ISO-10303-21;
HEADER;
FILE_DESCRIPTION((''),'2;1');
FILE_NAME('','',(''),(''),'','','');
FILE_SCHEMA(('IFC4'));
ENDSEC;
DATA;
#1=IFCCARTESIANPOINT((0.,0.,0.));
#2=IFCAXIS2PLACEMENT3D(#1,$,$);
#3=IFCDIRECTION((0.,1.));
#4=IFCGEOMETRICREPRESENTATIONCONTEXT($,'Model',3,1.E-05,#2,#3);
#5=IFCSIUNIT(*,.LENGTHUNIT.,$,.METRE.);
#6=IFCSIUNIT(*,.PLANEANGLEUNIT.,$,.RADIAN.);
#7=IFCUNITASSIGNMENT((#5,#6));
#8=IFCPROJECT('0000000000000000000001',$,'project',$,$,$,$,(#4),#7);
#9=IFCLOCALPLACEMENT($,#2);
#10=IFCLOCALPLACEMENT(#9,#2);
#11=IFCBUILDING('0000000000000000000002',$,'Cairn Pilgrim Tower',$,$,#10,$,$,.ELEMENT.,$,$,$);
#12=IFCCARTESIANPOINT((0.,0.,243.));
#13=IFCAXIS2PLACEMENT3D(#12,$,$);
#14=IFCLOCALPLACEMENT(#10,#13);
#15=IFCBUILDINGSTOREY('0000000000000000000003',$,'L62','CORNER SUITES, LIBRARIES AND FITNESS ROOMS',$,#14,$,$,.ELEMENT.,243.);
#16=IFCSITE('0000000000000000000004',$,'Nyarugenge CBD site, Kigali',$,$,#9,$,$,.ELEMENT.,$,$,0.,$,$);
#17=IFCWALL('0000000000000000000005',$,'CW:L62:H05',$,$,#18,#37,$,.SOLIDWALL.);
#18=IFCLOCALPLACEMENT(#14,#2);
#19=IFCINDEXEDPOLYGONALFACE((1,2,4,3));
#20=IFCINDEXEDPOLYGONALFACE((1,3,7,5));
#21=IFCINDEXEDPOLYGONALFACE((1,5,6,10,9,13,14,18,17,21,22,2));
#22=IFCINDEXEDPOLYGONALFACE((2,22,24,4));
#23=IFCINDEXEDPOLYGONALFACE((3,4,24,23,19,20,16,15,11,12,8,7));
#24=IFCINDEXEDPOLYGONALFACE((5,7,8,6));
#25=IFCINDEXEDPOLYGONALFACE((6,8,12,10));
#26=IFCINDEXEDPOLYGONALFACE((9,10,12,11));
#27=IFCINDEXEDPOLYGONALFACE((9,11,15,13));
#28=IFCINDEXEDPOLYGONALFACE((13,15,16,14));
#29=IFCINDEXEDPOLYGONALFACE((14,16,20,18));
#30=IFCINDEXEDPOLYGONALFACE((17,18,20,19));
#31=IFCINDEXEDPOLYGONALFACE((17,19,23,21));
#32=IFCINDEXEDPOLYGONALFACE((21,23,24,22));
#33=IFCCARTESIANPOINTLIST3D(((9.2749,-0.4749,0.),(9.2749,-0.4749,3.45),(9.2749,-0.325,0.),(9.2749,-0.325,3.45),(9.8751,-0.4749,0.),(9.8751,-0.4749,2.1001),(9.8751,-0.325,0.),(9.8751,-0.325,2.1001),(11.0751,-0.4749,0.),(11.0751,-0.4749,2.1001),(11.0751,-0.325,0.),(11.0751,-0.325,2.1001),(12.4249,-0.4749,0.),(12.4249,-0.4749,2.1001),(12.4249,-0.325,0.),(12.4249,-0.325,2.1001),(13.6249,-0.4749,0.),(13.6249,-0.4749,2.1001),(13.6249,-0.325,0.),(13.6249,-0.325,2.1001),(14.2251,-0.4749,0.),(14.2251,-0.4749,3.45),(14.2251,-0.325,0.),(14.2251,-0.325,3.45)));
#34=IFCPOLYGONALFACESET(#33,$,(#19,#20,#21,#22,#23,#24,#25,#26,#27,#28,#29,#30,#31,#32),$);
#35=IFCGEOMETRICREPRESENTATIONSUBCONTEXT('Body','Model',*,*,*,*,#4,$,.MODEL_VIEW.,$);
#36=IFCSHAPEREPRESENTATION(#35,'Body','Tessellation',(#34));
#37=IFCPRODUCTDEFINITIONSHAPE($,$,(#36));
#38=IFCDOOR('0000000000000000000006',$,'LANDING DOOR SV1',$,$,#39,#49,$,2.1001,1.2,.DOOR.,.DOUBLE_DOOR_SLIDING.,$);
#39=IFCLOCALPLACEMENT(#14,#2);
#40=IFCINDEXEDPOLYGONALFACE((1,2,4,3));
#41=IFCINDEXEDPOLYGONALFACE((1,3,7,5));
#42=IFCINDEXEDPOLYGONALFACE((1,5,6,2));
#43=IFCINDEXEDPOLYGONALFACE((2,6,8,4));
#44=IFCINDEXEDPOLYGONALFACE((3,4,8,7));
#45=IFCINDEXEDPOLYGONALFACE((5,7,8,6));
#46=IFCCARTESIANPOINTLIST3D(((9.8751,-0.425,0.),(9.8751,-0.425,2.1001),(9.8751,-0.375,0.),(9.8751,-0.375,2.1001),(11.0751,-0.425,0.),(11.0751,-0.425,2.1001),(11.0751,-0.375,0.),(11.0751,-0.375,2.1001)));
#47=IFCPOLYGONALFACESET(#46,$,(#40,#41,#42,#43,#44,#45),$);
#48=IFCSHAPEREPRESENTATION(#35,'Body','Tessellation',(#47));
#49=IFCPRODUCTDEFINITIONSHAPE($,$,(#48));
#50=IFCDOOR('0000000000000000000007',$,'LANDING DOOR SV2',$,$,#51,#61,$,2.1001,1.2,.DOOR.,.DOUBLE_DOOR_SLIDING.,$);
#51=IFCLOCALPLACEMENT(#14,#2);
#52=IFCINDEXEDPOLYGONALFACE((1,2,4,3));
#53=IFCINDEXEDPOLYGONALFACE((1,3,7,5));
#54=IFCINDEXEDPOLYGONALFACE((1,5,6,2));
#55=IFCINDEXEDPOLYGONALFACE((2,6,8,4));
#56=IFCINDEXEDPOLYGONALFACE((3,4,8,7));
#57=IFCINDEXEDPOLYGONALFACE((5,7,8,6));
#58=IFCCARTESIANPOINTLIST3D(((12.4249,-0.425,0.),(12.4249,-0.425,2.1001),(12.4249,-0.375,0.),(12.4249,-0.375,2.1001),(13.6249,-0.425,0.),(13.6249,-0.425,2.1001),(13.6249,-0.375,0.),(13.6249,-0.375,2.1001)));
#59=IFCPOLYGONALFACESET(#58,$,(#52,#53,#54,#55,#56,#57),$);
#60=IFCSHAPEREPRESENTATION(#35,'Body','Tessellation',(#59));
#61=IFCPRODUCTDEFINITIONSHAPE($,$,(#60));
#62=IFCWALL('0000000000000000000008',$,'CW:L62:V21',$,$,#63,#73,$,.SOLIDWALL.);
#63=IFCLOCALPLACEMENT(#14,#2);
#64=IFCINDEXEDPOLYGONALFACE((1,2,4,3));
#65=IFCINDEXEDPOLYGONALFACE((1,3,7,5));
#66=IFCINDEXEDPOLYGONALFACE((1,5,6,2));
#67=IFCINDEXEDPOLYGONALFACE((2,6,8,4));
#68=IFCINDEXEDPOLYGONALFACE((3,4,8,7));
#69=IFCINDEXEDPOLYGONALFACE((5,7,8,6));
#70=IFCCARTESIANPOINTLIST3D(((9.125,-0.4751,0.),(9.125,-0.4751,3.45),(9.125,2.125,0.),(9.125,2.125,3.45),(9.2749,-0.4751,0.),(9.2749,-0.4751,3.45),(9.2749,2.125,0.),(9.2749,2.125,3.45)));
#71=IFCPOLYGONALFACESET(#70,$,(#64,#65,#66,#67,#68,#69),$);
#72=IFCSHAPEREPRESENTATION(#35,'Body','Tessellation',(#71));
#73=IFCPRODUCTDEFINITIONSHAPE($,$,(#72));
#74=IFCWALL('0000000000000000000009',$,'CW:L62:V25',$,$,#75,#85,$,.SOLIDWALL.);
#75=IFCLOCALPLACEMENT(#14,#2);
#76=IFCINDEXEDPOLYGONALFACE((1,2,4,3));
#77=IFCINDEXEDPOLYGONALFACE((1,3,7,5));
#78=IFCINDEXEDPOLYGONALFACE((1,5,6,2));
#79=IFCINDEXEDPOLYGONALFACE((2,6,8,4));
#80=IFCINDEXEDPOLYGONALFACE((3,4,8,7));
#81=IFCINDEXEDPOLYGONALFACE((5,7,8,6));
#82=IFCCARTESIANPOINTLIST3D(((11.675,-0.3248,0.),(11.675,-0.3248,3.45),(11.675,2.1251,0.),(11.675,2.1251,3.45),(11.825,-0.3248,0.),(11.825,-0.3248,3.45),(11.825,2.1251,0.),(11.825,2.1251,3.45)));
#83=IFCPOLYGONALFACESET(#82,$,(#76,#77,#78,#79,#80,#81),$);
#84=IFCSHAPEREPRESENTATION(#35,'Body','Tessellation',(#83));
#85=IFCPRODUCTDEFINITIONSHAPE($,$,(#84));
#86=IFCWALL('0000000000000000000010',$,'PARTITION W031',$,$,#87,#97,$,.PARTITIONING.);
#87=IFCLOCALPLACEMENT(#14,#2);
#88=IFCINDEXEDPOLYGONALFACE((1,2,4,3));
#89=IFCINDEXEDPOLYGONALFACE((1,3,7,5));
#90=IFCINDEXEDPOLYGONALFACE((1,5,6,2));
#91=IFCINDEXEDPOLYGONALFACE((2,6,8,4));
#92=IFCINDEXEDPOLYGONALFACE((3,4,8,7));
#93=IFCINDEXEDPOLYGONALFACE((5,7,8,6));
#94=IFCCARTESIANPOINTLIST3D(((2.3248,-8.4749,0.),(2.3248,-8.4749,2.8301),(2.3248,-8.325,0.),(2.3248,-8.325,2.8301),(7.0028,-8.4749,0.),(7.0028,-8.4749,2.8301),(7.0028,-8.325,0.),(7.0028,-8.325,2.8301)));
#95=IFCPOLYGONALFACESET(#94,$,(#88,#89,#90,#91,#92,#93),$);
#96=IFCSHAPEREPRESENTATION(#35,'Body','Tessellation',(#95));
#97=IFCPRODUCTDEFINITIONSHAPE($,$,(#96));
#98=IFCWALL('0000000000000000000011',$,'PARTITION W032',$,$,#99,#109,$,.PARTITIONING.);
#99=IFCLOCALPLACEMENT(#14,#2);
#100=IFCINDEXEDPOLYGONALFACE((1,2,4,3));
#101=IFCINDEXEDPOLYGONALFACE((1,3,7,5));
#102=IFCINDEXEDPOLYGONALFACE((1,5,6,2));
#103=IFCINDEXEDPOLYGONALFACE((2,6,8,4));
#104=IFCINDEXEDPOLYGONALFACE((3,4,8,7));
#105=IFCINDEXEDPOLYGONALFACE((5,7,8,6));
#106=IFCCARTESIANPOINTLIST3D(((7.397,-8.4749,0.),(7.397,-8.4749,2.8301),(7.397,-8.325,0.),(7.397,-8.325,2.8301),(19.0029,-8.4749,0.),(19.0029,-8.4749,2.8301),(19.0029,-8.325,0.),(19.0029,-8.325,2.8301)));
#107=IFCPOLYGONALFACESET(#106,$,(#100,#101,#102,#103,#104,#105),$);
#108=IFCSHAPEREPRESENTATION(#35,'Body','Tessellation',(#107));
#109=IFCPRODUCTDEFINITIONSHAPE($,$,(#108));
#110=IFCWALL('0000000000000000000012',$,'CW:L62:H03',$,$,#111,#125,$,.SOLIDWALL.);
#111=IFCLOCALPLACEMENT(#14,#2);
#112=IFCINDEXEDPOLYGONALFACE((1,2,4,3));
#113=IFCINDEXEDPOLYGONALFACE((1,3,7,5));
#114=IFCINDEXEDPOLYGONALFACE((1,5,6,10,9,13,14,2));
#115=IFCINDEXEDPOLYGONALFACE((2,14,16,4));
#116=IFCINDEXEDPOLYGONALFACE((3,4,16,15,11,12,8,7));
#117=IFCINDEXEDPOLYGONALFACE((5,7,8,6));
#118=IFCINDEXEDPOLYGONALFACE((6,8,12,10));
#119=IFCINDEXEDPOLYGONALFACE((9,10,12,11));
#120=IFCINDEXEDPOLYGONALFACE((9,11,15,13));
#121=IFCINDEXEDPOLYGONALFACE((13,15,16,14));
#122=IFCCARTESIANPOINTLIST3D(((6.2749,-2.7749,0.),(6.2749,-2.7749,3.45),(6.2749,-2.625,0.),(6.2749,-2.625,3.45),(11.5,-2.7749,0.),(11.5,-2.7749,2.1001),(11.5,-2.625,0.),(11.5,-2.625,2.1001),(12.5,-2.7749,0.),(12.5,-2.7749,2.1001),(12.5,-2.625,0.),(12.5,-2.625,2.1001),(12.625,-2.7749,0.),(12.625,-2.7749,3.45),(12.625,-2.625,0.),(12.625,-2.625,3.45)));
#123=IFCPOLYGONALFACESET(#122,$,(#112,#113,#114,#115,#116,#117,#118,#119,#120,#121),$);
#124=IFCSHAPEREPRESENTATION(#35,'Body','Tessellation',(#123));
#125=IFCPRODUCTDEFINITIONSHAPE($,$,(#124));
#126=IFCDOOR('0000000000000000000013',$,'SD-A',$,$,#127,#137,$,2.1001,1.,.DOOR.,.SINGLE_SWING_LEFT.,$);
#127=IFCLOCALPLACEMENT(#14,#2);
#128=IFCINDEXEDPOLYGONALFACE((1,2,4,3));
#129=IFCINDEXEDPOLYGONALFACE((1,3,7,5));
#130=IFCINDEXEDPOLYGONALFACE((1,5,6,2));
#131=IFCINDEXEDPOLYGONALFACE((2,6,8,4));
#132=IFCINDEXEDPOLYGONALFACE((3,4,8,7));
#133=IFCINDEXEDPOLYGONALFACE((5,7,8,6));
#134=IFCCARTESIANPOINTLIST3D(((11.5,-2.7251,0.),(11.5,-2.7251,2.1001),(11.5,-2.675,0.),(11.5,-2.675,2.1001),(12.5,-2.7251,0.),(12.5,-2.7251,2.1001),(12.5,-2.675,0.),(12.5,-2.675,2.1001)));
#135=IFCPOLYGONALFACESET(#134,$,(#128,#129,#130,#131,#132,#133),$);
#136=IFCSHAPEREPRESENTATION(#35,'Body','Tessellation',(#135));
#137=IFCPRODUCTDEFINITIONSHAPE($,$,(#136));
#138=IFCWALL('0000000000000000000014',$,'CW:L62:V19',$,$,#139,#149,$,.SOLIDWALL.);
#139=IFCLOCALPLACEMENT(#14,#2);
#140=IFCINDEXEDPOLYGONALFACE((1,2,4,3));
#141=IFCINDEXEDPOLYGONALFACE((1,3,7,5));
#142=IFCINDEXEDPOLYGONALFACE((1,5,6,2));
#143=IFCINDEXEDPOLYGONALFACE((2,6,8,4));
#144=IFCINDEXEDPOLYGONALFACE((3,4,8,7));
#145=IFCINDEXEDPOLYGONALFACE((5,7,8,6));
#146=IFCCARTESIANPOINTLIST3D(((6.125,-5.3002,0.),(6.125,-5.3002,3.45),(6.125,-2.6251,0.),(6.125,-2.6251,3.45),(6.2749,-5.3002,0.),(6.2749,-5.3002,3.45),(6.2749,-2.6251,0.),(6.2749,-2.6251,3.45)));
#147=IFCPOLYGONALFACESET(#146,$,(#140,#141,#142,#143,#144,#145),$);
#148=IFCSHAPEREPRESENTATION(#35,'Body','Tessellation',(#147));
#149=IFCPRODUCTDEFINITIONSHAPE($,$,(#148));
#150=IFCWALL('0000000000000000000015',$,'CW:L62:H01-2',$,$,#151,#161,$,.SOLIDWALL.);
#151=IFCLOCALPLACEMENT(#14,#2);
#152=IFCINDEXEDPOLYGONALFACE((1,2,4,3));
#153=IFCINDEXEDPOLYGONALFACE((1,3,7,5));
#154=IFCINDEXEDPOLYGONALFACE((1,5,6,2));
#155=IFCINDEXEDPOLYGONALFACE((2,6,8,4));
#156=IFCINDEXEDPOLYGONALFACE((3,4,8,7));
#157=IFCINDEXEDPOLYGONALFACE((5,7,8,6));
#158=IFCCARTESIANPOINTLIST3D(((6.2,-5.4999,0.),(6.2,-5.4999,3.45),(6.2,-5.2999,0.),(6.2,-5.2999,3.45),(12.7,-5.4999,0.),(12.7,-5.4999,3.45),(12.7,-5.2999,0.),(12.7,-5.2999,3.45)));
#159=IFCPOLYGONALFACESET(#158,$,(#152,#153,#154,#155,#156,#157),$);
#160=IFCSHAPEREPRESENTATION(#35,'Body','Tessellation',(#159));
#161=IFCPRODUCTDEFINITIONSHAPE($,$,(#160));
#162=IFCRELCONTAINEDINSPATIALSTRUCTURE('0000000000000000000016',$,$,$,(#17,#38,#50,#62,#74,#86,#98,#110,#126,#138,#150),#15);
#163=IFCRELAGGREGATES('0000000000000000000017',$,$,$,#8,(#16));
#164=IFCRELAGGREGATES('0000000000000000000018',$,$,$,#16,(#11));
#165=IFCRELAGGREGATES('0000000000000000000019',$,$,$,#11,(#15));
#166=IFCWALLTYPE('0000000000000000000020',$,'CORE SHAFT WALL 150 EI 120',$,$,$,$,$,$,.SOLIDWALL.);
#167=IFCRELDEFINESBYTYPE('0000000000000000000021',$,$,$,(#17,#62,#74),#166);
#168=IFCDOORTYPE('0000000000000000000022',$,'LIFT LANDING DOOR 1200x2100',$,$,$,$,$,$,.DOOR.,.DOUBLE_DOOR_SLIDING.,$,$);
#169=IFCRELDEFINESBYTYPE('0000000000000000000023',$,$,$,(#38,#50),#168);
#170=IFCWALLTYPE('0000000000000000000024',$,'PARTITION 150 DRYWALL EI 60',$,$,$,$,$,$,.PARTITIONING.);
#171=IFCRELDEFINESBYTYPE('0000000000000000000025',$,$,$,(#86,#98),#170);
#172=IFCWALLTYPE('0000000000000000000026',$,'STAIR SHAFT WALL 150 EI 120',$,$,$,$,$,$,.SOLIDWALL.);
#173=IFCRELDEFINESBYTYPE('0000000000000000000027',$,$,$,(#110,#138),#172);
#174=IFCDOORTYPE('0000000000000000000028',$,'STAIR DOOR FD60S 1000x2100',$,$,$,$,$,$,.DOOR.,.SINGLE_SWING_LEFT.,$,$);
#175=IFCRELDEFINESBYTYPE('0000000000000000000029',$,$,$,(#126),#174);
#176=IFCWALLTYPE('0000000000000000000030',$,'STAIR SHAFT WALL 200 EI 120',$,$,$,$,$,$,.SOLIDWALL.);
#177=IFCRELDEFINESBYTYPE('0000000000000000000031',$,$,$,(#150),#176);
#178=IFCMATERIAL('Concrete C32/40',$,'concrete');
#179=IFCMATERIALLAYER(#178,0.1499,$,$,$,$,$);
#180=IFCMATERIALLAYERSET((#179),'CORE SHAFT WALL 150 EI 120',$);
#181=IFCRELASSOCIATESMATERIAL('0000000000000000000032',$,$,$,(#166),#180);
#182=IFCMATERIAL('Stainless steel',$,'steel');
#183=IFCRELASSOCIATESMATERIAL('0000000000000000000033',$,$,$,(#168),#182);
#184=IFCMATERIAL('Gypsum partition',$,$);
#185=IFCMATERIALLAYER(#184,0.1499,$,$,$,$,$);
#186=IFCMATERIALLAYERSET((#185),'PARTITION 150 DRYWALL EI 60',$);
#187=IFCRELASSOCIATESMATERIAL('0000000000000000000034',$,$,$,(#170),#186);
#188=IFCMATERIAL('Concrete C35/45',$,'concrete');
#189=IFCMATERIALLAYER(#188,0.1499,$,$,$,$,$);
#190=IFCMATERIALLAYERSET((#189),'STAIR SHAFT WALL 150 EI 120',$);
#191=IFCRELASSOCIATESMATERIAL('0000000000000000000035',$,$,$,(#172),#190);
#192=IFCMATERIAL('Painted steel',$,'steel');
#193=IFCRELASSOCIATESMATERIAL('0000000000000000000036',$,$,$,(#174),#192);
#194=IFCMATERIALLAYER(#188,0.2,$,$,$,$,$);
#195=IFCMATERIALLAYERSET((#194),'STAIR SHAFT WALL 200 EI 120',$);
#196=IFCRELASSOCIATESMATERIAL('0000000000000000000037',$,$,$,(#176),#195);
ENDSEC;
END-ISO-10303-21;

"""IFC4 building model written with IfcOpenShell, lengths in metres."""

from ifc_helpers import new_model, si_unit, direction, frame, frame_2d, origin, place, context, subcontext, project, spatial, rectangle, extrude, material, layer, layer_set, type_object, element, fill, save


model = new_model("IFC4")

# Units and contexts
model_context = context("Model", 3, precision=1e-05, world=origin(), true_north=direction((0.0, 1.0)))
body_context = subcontext(model_context, "Body", "Model", "MODEL_VIEW")
ifc_project = project(units=[si_unit("LENGTHUNIT", "METRE"), si_unit("PLANEANGLEUNIT", "RADIAN")], contexts=[model_context])

# Site, building, storey
site_placement = place(None, origin())
site = spatial("IfcSite", under=ifc_project, at=site_placement, Name="Nyarugenge CBD site, Kigali", CompositionType="ELEMENT", RefElevation=0.0)
building_placement = place(site_placement, origin())
building = spatial("IfcBuilding", under=site, at=building_placement, Name="Cairn Pilgrim Tower", CompositionType="ELEMENT")
storey_placement = place(building_placement, frame((0.0, 0.0, 243.0)))
storey = spatial("IfcBuildingStorey", under=building, at=storey_placement, Name="L62", Description="CORNER SUITES, LIBRARIES AND FITNESS ROOMS", CompositionType="ELEMENT", Elevation=243.0)

# Shared definitions
ifc_material_1 = material(Name="Concrete C35/45", Category="concrete")

# Shared definitions
ifc_material_2 = material(Name="Concrete C32/40", Category="concrete")

# Wall, openings, doors
ifc_layer_1 = layer(ifc_material_2, 0.1499)
ifc_layer_set_1 = layer_set([ifc_layer_1], Name="CORE SHAFT WALL 150 EI 120")
wall_type_1 = type_object("IfcWallType", Name="CORE SHAFT WALL 150 EI 120", PredefinedType="SOLIDWALL", material=ifc_layer_set_1)
wall_1_placement = place(storey_placement, frame((9.2749, -0.3999, 0.0), z_axis=(0.0, 0.0, 1.0), x_axis=(1.0, 0.0, 0.0)))
wall_1 = element("IfcWall", 1, at=wall_1_placement, inside=storey, type_object=wall_type_1, Name="CW:L62:H05", PredefinedType="SOLIDWALL", context=body_context, shape_type="SweptSolid", body=[
    extrude(rectangle(XDim=4.9502, YDim=0.1499, at=frame_2d((2.4751, 0.0))), origin(), (0.0, 0.0, 1.0), 3.45),
])
opening_1_placement = place(wall_1_placement, frame((0.6001, 0.0, 0.0)))
opening_1 = element("IfcOpeningElement", 2, at=opening_1_placement, cuts=wall_1, PredefinedType="OPENING", context=body_context, shape_type="SweptSolid", body=[
    extrude(rectangle(XDim=1.2, YDim=2.1001, at=frame_2d((0.6001, 1.05))), frame((0.0, 0.085, 0.0), z_axis=(0.0, -1.0, 0.0), x_axis=(1.0, 0.0, 0.0)), (0.0, 0.0, 1.0), 0.1699),
])
opening_2_placement = place(wall_1_placement, frame((3.1499, 0.0, 0.0)))
opening_2 = element("IfcOpeningElement", 3, at=opening_2_placement, cuts=wall_1, PredefinedType="OPENING", context=body_context, shape_type="SweptSolid", body=[
    extrude(rectangle(XDim=1.2, YDim=2.1001, at=frame_2d((0.6001, 1.05))), frame((0.0, 0.085, 0.0), z_axis=(0.0, -1.0, 0.0), x_axis=(1.0, 0.0, 0.0)), (0.0, 0.0, 1.0), 0.1699),
])
ifc_material_3 = material(Name="Stainless steel", Category="steel")
door_type_1 = type_object("IfcDoorType", Name="LIFT LANDING DOOR 1200x2100", OperationType="DOUBLE_DOOR_SLIDING", PredefinedType="DOOR", material=ifc_material_3)
door_1_placement = place(opening_1_placement, origin())
door_1 = element("IfcDoor", 4, at=door_1_placement, inside=storey, type_object=door_type_1, Name="LANDING DOOR SV1", OperationType="DOUBLE_DOOR_SLIDING", OverallHeight=2.1001, OverallWidth=1.2, PredefinedType="DOOR", context=body_context, shape_type="SweptSolid", body=[
    extrude(rectangle(XDim=1.2, YDim=2.1001, at=frame_2d((0.6001, 1.05))), frame((0.0, 0.0249, 0.0), z_axis=(0.0, -1.0, 0.0), x_axis=(1.0, 0.0, 0.0)), (0.0, 0.0, 1.0), 0.05),
])
fill(opening_1, door_1)
door_2_placement = place(opening_2_placement, origin())
door_2 = element("IfcDoor", 5, at=door_2_placement, inside=storey, type_object=door_type_1, Name="LANDING DOOR SV2", OperationType="DOUBLE_DOOR_SLIDING", OverallHeight=2.1001, OverallWidth=1.2, PredefinedType="DOOR", context=body_context, shape_type="SweptSolid", body=[
    extrude(rectangle(XDim=1.2, YDim=2.1001, at=frame_2d((0.6001, 1.05))), frame((0.0, 0.0249, 0.0), z_axis=(0.0, -1.0, 0.0), x_axis=(1.0, 0.0, 0.0)), (0.0, 0.0, 1.0), 0.05),
])
fill(opening_2, door_2)

# Walls
wall_2_placement = place(storey_placement, frame((9.2, -0.4751, 0.0), z_axis=(0.0, 0.0, 1.0), x_axis=(0.0, 1.0, 0.0)))
element("IfcWall", 6, at=wall_2_placement, inside=storey, type_object=wall_type_1, Name="CW:L62:V21", PredefinedType="SOLIDWALL", context=body_context, shape_type="SweptSolid", body=[
    extrude(rectangle(XDim=2.6001, YDim=0.1499, at=frame_2d((1.3, 0.0))), origin(), (0.0, 0.0, 1.0), 3.45),
])
wall_3_placement = place(storey_placement, frame((11.75, -0.325, 0.0), z_axis=(0.0, 0.0, 1.0), x_axis=(0.0, 1.0, 0.0)))
element("IfcWall", 7, at=wall_3_placement, inside=storey, type_object=wall_type_1, Name="CW:L62:V25", PredefinedType="SOLIDWALL", context=body_context, shape_type="SweptSolid", body=[
    extrude(rectangle(XDim=2.45, YDim=0.1499, at=frame_2d((1.2251, 0.0))), origin(), (0.0, 0.0, 1.0), 3.45),
])
ifc_material_4 = material(Name="Gypsum partition")
ifc_layer_2 = layer(ifc_material_4, 0.1499)
ifc_layer_set_2 = layer_set([ifc_layer_2], Name="PARTITION 150 DRYWALL EI 60")
wall_type_2 = type_object("IfcWallType", Name="PARTITION 150 DRYWALL EI 60", PredefinedType="PARTITIONING", material=ifc_layer_set_2)
wall_4_placement = place(storey_placement, frame((2.325, -8.3999, 0.0), z_axis=(0.0, 0.0, 1.0), x_axis=(1.0, 0.0, 0.0)))
element("IfcWall", 8, at=wall_4_placement, inside=storey, type_object=wall_type_2, Name="PARTITION W031", PredefinedType="PARTITIONING", context=body_context, shape_type="SweptSolid", body=[
    extrude(rectangle(XDim=4.678, YDim=0.1499, at=frame_2d((2.3389, 0.0))), origin(), (0.0, 0.0, 1.0), 2.8301),
])
wall_5_placement = place(storey_placement, frame((7.397, -8.3999, 0.0), z_axis=(0.0, 0.0, 1.0), x_axis=(1.0, 0.0, 0.0)))
element("IfcWall", 9, at=wall_5_placement, inside=storey, type_object=wall_type_2, Name="PARTITION W032", PredefinedType="PARTITIONING", context=body_context, shape_type="SweptSolid", body=[
    extrude(rectangle(XDim=11.606, YDim=0.1499, at=frame_2d((5.803, 0.0))), origin(), (0.0, 0.0, 1.0), 2.8301),
])

# Wall, opening, door
ifc_layer_3 = layer(ifc_material_1, 0.1499)
ifc_layer_set_3 = layer_set([ifc_layer_3], Name="STAIR SHAFT WALL 150 EI 120")
wall_type_3 = type_object("IfcWallType", Name="STAIR SHAFT WALL 150 EI 120", PredefinedType="SOLIDWALL", material=ifc_layer_set_3)
wall_6_placement = place(storey_placement, frame((6.2749, -2.7, 0.0), z_axis=(0.0, 0.0, 1.0), x_axis=(1.0, 0.0, 0.0)))
wall_6 = element("IfcWall", 10, at=wall_6_placement, inside=storey, type_object=wall_type_3, Name="CW:L62:H03", PredefinedType="SOLIDWALL", context=body_context, shape_type="SweptSolid", body=[
    extrude(rectangle(XDim=6.3501, YDim=0.1499, at=frame_2d((3.175, 0.0))), origin(), (0.0, 0.0, 1.0), 3.45),
])
opening_3_placement = place(wall_6_placement, frame((5.2251, 0.0, 0.0)))
opening_3 = element("IfcOpeningElement", 11, at=opening_3_placement, cuts=wall_6, PredefinedType="OPENING", context=body_context, shape_type="SweptSolid", body=[
    extrude(rectangle(XDim=1.0, YDim=2.1001, at=frame_2d((0.5, 1.05))), frame((0.0, 0.085, 0.0), z_axis=(0.0, -1.0, 0.0), x_axis=(1.0, 0.0, 0.0)), (0.0, 0.0, 1.0), 0.1699),
])
ifc_material_5 = material(Name="Painted steel", Category="steel")
door_type_2 = type_object("IfcDoorType", Name="STAIR DOOR FD60S 1000x2100", OperationType="SINGLE_SWING_LEFT", PredefinedType="DOOR", material=ifc_material_5)
door_3_placement = place(opening_3_placement, origin())
door_3 = element("IfcDoor", 12, at=door_3_placement, inside=storey, type_object=door_type_2, Name="SD-A", OperationType="SINGLE_SWING_LEFT", OverallHeight=2.1001, OverallWidth=1.0, PredefinedType="DOOR", context=body_context, shape_type="SweptSolid", body=[
    extrude(rectangle(XDim=1.0, YDim=2.1001, at=frame_2d((0.5, 1.05))), frame((0.0, 0.0249, 0.0), z_axis=(0.0, -1.0, 0.0), x_axis=(1.0, 0.0, 0.0)), (0.0, 0.0, 1.0), 0.05),
])
fill(opening_3, door_3)

# Walls
wall_7_placement = place(storey_placement, frame((6.2, -5.3, 0.0), z_axis=(0.0, 0.0, 1.0), x_axis=(0.0, 1.0, 0.0)))
element("IfcWall", 13, at=wall_7_placement, inside=storey, type_object=wall_type_3, Name="CW:L62:V19", PredefinedType="SOLIDWALL", context=body_context, shape_type="SweptSolid", body=[
    extrude(rectangle(XDim=2.675, YDim=0.1499, at=frame_2d((1.3374, 0.0))), origin(), (0.0, 0.0, 1.0), 3.45),
])
ifc_layer_4 = layer(ifc_material_1, 0.2)
ifc_layer_set_4 = layer_set([ifc_layer_4], Name="STAIR SHAFT WALL 200 EI 120")
wall_type_4 = type_object("IfcWallType", Name="STAIR SHAFT WALL 200 EI 120", PredefinedType="SOLIDWALL", material=ifc_layer_set_4)
wall_8_placement = place(storey_placement, frame((6.2, -5.3999, 0.0), z_axis=(0.0, 0.0, 1.0), x_axis=(1.0, 0.0, 0.0)))
element("IfcWall", 14, at=wall_8_placement, inside=storey, type_object=wall_type_4, Name="CW:L62:H01-2", PredefinedType="SOLIDWALL", context=body_context, shape_type="SweptSolid", body=[
    extrude(rectangle(XDim=6.5, YDim=0.2, at=frame_2d((3.25, 0.0))), origin(), (0.0, 0.0, 1.0), 3.45),
])

save(model, "model.ifc")
